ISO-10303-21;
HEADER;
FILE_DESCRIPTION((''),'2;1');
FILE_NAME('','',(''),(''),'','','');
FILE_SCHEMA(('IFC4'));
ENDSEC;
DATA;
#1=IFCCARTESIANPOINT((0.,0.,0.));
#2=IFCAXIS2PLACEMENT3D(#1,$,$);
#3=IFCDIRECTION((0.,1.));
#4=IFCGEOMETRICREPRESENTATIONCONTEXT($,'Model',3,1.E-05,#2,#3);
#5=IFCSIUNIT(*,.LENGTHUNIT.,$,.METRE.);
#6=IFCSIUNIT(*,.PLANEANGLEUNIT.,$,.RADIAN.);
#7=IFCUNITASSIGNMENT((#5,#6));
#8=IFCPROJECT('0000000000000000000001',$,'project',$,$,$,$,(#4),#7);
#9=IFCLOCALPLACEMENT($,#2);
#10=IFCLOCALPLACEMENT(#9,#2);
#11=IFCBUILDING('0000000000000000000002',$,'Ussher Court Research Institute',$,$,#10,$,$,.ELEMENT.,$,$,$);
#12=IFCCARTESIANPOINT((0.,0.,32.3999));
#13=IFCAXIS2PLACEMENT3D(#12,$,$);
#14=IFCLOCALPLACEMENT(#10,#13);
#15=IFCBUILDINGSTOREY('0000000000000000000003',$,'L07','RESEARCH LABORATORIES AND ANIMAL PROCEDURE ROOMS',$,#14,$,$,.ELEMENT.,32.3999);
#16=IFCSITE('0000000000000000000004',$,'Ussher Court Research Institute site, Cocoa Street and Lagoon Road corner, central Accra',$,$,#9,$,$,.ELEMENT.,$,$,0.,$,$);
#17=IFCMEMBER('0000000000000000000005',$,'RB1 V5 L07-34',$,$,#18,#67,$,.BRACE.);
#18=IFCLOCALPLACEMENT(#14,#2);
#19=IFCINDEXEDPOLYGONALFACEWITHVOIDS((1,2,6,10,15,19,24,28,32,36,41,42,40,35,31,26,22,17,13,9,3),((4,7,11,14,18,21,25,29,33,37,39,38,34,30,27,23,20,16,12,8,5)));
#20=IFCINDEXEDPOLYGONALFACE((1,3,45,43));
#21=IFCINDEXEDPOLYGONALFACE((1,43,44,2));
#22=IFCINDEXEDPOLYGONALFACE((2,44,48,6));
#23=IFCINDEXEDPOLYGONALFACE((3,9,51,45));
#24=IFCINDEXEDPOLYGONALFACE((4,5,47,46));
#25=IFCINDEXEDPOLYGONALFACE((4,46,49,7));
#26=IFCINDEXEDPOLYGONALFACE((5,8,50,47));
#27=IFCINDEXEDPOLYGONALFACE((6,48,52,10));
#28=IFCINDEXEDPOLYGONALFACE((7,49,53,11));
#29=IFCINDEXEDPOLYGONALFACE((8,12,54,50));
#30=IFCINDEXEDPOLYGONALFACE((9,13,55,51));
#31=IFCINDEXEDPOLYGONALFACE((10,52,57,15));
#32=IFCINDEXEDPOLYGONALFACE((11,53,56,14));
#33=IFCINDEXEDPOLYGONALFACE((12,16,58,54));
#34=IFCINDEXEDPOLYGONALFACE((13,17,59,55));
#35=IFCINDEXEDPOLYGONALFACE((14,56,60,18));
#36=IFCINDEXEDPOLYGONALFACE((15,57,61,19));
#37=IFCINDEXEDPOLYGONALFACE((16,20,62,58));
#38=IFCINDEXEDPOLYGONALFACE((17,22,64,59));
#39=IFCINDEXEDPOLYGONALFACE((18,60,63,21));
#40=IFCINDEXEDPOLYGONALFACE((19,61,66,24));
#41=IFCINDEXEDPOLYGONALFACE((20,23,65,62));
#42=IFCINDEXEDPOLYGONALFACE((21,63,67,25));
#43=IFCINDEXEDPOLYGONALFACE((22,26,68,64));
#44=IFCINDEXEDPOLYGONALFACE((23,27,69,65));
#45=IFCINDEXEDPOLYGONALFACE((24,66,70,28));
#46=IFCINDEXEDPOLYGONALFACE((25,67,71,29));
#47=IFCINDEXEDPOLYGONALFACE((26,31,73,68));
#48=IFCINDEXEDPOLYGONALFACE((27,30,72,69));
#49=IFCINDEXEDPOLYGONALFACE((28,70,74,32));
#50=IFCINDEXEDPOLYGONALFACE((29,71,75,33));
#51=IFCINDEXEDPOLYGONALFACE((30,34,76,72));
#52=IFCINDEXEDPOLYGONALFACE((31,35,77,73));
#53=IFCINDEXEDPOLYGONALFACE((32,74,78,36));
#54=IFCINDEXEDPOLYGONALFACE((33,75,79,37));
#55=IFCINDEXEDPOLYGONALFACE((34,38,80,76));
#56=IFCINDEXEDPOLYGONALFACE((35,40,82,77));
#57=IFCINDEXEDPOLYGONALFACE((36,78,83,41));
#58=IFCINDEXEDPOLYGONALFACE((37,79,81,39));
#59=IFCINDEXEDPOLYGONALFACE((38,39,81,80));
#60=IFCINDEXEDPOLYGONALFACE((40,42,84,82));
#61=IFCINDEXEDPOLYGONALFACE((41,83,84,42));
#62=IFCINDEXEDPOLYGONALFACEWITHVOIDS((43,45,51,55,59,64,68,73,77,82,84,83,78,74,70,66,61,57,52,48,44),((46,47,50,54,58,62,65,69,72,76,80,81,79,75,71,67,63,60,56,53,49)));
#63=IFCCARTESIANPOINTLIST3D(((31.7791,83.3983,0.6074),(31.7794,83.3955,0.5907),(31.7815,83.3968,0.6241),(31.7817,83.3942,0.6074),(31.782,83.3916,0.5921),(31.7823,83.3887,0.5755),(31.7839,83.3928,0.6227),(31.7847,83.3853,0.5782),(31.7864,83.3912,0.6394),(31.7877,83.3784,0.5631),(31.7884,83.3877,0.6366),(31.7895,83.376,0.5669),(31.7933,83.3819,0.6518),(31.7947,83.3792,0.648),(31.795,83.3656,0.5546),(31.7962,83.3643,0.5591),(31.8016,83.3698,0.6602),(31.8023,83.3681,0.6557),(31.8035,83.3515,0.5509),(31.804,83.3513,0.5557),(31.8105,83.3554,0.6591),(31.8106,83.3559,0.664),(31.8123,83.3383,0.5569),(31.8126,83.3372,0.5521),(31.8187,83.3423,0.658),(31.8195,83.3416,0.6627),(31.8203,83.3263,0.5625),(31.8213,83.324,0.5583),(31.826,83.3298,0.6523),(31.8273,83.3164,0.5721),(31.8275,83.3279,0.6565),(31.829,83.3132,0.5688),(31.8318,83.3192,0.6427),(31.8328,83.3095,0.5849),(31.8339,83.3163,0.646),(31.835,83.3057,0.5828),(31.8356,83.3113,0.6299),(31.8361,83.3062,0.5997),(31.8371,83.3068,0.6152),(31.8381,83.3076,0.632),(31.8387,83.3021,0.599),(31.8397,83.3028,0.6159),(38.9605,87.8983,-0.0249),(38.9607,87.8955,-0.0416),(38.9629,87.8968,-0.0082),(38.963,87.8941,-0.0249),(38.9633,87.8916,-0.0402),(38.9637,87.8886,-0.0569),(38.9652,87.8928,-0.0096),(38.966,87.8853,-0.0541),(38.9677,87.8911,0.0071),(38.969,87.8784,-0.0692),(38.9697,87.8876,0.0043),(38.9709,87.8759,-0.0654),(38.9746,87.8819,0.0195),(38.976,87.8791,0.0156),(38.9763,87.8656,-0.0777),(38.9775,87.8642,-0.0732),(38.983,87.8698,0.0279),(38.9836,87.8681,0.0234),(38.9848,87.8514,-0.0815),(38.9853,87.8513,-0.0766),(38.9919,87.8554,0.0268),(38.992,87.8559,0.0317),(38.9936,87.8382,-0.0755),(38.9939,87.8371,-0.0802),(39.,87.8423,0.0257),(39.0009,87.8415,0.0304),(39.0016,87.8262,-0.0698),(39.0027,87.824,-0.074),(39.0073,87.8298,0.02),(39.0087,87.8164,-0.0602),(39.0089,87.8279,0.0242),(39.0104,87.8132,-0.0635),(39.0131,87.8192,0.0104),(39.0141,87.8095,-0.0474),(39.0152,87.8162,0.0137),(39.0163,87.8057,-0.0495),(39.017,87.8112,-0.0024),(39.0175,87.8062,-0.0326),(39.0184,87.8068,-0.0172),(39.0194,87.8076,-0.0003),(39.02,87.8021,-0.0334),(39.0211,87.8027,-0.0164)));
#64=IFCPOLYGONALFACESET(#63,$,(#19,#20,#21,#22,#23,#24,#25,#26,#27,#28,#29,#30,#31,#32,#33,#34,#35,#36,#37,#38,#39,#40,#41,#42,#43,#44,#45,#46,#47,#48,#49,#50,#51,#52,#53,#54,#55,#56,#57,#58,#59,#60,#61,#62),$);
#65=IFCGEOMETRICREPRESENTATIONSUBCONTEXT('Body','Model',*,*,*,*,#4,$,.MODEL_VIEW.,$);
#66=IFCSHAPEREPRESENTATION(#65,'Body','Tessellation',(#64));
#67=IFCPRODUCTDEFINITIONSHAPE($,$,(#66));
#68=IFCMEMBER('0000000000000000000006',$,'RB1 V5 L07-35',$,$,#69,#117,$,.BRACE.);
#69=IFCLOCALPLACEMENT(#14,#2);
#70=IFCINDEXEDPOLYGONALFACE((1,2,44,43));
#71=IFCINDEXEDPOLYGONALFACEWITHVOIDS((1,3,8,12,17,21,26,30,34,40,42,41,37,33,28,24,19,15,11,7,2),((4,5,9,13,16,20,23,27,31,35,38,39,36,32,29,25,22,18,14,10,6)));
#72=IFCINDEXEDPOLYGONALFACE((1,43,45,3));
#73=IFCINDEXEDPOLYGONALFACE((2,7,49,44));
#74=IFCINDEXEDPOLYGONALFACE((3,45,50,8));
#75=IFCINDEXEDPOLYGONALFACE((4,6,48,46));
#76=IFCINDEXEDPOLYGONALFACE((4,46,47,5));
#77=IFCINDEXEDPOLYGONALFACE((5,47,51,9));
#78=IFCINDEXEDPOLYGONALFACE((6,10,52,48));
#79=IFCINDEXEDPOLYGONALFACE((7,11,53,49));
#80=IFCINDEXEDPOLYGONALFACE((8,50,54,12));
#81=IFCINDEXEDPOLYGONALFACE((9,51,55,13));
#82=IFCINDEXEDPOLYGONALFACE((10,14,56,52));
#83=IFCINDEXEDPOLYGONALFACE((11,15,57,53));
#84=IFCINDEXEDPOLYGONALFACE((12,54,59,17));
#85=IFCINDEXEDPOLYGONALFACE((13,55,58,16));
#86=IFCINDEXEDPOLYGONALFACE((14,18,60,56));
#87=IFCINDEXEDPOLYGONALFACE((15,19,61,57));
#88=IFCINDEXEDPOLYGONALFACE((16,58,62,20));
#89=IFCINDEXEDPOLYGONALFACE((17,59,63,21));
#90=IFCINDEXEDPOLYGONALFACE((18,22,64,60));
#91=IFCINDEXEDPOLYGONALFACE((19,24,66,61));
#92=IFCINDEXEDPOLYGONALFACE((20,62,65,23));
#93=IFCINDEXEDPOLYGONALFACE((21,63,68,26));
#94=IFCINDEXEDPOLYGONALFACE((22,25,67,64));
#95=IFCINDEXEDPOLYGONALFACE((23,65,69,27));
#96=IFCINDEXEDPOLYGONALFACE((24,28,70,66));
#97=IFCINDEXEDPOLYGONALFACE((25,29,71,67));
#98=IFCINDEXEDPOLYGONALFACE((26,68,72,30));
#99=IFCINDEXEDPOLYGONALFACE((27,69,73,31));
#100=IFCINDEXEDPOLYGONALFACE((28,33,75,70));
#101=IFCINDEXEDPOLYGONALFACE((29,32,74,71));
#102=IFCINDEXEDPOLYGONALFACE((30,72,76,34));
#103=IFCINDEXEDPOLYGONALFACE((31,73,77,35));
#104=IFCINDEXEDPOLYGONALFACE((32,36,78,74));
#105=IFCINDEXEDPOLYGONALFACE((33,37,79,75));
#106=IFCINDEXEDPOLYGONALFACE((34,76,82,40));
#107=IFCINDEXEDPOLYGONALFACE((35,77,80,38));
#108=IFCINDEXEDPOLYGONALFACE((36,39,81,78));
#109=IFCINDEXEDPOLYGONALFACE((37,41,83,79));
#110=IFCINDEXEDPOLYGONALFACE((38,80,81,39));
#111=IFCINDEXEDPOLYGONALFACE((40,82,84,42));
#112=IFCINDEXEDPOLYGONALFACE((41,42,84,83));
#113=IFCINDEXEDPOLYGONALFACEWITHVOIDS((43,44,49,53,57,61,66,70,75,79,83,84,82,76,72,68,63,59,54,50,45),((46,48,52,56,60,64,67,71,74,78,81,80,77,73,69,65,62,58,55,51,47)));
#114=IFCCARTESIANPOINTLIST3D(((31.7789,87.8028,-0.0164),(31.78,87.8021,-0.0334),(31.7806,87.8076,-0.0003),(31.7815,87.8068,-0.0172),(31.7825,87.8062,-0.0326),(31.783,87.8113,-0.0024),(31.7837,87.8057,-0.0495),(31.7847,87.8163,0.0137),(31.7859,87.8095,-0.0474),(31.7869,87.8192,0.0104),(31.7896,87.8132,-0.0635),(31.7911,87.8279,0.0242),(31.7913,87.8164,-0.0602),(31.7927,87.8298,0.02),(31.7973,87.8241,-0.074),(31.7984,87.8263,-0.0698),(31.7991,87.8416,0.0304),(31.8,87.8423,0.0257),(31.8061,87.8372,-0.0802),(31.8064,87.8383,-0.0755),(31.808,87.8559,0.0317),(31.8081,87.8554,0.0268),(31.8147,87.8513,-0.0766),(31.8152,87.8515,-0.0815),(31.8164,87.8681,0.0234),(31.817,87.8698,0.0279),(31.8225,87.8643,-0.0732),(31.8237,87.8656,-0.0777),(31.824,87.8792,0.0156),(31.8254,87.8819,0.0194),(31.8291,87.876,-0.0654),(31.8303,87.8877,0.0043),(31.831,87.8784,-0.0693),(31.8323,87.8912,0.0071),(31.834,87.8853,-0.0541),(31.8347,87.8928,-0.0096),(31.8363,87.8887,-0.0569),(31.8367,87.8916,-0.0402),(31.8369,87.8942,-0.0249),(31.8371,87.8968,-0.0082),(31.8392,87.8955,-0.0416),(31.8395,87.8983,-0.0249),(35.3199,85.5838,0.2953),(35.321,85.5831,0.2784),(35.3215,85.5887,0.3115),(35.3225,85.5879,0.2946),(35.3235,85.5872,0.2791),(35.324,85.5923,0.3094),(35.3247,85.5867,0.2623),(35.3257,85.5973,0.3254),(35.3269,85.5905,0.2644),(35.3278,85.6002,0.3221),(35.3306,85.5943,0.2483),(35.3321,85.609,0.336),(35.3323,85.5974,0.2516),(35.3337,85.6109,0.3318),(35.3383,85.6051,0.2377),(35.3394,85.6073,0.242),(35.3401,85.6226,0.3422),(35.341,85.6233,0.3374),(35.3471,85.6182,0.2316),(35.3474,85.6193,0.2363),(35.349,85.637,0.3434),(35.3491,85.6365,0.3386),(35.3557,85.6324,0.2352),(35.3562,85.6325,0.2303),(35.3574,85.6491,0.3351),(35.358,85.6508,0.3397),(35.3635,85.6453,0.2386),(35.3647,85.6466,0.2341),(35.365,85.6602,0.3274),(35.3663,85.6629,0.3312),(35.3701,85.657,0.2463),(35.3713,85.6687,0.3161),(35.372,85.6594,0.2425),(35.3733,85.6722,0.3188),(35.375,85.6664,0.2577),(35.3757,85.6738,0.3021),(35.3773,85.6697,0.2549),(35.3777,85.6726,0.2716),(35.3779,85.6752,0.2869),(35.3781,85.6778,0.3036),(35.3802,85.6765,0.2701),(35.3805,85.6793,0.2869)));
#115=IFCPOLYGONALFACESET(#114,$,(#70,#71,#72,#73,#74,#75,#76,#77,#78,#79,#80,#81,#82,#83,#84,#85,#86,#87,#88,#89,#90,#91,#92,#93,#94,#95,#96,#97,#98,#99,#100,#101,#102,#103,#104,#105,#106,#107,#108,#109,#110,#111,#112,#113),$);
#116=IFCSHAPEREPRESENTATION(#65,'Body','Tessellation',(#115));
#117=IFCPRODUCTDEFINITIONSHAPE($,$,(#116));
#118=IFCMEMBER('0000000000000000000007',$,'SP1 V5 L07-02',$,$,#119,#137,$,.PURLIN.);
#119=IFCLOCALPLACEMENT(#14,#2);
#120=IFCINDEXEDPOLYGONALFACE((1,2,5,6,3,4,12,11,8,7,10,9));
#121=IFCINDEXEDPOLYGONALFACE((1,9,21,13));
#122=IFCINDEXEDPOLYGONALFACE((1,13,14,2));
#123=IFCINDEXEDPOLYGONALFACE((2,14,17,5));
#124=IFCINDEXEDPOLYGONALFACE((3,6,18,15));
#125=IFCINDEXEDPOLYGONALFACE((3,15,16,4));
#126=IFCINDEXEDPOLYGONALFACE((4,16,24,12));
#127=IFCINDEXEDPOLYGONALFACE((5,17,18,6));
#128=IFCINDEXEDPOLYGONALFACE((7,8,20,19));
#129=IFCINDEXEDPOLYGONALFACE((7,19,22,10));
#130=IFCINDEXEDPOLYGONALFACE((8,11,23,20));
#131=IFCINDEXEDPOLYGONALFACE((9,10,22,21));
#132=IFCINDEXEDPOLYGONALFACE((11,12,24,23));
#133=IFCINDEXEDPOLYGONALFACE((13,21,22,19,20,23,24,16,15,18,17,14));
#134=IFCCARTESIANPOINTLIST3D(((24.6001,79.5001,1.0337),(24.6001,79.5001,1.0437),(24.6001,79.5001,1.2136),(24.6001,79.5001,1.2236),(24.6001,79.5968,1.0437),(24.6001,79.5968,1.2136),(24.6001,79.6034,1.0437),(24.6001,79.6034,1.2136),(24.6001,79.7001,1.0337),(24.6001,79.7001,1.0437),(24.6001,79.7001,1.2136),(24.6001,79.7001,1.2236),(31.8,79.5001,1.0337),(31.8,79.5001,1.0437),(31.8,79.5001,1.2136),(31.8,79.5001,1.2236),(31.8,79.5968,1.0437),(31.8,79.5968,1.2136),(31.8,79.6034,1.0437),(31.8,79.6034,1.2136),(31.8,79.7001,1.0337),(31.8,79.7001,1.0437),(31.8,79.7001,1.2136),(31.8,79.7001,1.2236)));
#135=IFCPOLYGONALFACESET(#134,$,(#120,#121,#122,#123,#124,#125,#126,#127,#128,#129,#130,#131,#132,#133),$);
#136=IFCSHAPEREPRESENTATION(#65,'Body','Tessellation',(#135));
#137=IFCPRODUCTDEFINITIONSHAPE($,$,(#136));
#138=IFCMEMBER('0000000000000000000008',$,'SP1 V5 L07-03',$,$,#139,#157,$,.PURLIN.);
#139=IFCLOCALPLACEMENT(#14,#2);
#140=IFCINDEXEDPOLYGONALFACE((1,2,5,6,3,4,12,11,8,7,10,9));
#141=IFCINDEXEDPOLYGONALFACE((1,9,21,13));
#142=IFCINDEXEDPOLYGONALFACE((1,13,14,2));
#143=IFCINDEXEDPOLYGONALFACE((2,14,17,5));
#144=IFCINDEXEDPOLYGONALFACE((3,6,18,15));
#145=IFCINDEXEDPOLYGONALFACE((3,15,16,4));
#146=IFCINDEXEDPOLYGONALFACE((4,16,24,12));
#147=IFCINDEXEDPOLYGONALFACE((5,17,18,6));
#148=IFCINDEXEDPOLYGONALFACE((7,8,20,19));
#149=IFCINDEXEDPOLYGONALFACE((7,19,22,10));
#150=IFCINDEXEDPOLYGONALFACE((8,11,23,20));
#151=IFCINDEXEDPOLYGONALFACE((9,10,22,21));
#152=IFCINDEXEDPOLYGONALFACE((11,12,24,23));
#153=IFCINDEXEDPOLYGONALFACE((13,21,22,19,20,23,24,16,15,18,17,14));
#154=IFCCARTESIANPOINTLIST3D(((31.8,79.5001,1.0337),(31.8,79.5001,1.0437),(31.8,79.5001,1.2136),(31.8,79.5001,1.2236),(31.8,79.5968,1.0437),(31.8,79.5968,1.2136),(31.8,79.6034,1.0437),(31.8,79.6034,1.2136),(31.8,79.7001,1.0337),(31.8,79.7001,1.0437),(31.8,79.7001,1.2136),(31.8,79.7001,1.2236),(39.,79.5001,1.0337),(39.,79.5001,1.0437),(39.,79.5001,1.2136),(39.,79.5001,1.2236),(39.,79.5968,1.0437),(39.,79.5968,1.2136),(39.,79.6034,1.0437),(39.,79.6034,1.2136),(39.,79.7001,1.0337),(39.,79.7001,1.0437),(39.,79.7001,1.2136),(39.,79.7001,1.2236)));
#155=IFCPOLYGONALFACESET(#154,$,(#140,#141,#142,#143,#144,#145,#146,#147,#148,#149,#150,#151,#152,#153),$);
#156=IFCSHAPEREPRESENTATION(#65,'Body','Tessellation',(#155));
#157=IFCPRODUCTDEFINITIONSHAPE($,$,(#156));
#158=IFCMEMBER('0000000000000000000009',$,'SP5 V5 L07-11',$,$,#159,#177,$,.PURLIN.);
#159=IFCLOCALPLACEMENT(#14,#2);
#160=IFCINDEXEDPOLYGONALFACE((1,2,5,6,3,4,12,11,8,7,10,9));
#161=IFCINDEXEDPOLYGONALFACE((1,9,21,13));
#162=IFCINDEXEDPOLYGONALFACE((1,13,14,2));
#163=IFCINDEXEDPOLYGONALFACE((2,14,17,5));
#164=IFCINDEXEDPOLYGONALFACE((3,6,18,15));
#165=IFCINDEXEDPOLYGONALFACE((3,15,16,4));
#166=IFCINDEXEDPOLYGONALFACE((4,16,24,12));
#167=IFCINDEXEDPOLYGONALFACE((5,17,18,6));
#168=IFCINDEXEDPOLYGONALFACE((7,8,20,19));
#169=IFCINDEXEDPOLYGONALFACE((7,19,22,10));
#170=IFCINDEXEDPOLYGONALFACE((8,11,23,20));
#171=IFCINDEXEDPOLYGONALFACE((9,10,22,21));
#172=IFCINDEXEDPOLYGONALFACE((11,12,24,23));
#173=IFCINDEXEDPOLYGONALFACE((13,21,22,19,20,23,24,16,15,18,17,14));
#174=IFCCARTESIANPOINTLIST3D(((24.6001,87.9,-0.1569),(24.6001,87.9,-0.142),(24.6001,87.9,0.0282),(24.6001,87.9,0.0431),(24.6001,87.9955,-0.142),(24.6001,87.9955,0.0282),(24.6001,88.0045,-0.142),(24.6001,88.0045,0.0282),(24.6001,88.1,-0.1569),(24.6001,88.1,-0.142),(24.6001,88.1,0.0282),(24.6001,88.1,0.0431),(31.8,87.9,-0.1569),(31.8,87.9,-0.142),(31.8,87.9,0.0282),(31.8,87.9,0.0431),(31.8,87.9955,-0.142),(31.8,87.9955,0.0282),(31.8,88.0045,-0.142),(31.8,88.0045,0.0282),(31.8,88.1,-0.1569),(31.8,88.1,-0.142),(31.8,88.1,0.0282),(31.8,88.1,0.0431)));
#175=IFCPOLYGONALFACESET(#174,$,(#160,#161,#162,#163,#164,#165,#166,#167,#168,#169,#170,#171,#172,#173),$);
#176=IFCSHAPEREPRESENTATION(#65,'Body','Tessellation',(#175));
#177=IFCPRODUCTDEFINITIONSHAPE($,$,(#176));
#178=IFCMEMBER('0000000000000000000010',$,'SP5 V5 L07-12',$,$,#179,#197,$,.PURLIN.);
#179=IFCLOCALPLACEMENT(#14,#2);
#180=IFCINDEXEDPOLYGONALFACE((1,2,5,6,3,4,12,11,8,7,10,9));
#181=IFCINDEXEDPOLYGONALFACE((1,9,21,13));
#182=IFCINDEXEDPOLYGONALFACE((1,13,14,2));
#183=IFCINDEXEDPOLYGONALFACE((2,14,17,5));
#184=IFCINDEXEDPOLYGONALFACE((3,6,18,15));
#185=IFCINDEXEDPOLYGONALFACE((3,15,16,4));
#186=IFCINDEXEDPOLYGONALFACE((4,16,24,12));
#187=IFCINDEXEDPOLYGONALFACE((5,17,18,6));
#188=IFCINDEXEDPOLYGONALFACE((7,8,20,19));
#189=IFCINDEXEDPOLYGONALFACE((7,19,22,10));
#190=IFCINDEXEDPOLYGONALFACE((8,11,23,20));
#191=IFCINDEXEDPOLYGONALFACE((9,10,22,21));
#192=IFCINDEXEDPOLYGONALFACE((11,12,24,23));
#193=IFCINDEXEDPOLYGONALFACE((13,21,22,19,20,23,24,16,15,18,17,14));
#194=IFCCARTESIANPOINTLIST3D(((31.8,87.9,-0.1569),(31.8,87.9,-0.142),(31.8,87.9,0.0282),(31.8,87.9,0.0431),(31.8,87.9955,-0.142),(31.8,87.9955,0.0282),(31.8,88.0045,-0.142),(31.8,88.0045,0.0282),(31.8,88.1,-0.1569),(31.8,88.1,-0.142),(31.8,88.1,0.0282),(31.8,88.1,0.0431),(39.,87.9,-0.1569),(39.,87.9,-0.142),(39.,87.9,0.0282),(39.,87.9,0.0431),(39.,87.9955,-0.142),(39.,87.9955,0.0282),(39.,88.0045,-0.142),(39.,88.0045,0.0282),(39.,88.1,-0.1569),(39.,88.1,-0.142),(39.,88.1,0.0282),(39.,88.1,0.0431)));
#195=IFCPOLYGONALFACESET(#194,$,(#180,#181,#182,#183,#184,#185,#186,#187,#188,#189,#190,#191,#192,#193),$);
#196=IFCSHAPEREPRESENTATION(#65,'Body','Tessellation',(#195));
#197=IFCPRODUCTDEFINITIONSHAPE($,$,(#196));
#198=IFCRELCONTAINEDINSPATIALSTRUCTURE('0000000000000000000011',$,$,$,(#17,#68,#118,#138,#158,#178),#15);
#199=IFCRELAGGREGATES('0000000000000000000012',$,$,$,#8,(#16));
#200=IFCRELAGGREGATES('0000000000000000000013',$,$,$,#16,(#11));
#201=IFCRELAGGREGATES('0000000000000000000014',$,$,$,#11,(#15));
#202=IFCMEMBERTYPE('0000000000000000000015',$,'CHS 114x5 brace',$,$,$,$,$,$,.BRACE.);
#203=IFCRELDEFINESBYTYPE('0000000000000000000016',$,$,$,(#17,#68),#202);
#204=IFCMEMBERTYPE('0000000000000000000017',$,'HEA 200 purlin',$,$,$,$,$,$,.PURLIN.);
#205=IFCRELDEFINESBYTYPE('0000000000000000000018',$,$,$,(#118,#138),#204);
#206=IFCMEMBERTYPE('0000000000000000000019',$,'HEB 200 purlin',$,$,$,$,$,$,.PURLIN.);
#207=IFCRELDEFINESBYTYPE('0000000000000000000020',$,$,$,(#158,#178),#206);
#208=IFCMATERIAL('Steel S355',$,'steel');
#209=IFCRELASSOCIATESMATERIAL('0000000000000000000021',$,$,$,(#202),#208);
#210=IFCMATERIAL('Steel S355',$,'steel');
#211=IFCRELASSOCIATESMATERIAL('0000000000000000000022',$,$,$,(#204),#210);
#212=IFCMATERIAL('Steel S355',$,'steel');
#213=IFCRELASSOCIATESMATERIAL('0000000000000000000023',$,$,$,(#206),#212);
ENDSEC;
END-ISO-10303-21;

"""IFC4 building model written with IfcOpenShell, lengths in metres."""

from ifc_helpers import new_model, si_unit, direction, frame, origin, origin_2d, place, context, subcontext, project, spatial, hollow_circle, i_section, extrude, material, material_profile, profile_set, type_object, element, save


model = new_model("IFC4")

# Units and contexts
model_context = context("Model", 3, precision=1e-05, world=origin(), true_north=direction((0.0, 1.0)))
body_context = subcontext(model_context, "Body", "Model", "MODEL_VIEW")
ifc_project = project(units=[si_unit("LENGTHUNIT", "METRE"), si_unit("PLANEANGLEUNIT", "RADIAN")], contexts=[model_context])

# Site, building, storey
site_placement = place(None, origin())
site = spatial("IfcSite", under=ifc_project, at=site_placement, Name="Ussher Court Research Institute site, Cocoa Street and Lagoon Road corner, central Accra", CompositionType="ELEMENT", RefElevation=0.0)
building_placement = place(site_placement, origin())
building = spatial("IfcBuilding", under=site, at=building_placement, Name="Ussher Court Research Institute", CompositionType="ELEMENT")
storey_placement = place(building_placement, frame((0.0, 0.0, 32.3999)))
storey = spatial("IfcBuildingStorey", under=building, at=storey_placement, Name="L07", Description="RESEARCH LABORATORIES AND ANIMAL PROCEDURE ROOMS", CompositionType="ELEMENT", Elevation=32.3999)

# Members
ifc_material_1 = material(Name="Steel S355", Category="steel")
ifc_material_profile_1 = material_profile(ifc_material_1, hollow_circle(Radius=0.0569, WallThickness=0.0049, at=origin_2d()), Name="CHS 114x5")
ifc_profile_set_1 = profile_set([ifc_material_profile_1], Name="Steel S355")
member_type_1 = type_object("IfcMemberType", Name="CHS 114x5 brace", PredefinedType="BRACE", material=ifc_profile_set_1)
member_1_placement = place(storey_placement, frame((31.8093, 83.3501, 0.6074), z_axis=(0.845032, 0.529513, -0.074405), x_axis=(-0.530985, 0.847381, 0.0)))
element("IfcMember", 1, at=member_1_placement, inside=storey, type_object=member_type_1, Name="RB1 V5 L07-34", PredefinedType="BRACE", context=body_context, shape_type="SweptSolid", body=[
    extrude(hollow_circle(Radius=0.0569, WallThickness=0.0049, at=origin_2d()), origin(), (0.0, 0.0, 1.0), 8.4983),
])
member_2_placement = place(storey_placement, frame((31.8093, 87.8501, -0.0249), z_axis=(0.845019, -0.529535, 0.074399), x_axis=(0.531007, 0.847368, 0.0)))
element("IfcMember", 2, at=member_2_placement, inside=storey, type_object=member_type_1, Name="RB1 V5 L07-35", PredefinedType="BRACE", context=body_context, shape_type="SweptSolid", body=[
    extrude(hollow_circle(Radius=0.0569, WallThickness=0.0049, at=origin_2d()), origin(), (0.0, 0.0, 1.0), 4.1904),
])
ifc_material_2 = material(Name="Steel S355", Category="steel")
ifc_material_profile_2 = material_profile(ifc_material_2, i_section(OverallWidth=0.2, OverallDepth=0.1899, WebThickness=0.0066, FlangeThickness=0.01, at=origin_2d()), Name="HEA 200")
ifc_profile_set_2 = profile_set([ifc_material_profile_2], Name="Steel S355")
member_type_2 = type_object("IfcMemberType", Name="HEA 200 purlin", PredefinedType="PURLIN", material=ifc_profile_set_2)
for number, where, z_axis, x_axis, name in (
    (3, (24.6001, 79.6001, 1.1287), (1.0, 0.0, 0.0), (0.0, 1.0, 0.0), "SP1 V5 L07-02"),
    (4, (31.8, 79.6001, 1.1287), (1.0, 0.0, 0.0), (0.0, 1.0, 0.0), "SP1 V5 L07-03"),
):
    element("IfcMember", number, at=place(storey_placement, frame(where, z_axis=z_axis, x_axis=x_axis)), inside=storey, type_object=member_type_2, Name=name, PredefinedType="PURLIN", context=body_context, shape_type="SweptSolid", body=[
        extrude(i_section(OverallWidth=0.2, OverallDepth=0.1899, WebThickness=0.0066, FlangeThickness=0.01, at=origin_2d()), origin(), (0.0, 0.0, 1.0), 7.2),
    ])
ifc_material_3 = material(Name="Steel S355", Category="steel")
ifc_material_profile_3 = material_profile(ifc_material_3, i_section(OverallWidth=0.2, OverallDepth=0.2, WebThickness=0.009, FlangeThickness=0.0149, at=origin_2d()), Name="HEB 200")
ifc_profile_set_3 = profile_set([ifc_material_profile_3], Name="Steel S355")
member_type_3 = type_object("IfcMemberType", Name="HEB 200 purlin", PredefinedType="PURLIN", material=ifc_profile_set_3)
for number, where, z_axis, x_axis, name in (
    (5, (24.6001, 88.0, -0.0569), (1.0, 0.0, 0.0), (0.0, 1.0, 0.0), "SP5 V5 L07-11"),
    (6, (31.8, 88.0, -0.0569), (1.0, 0.0, 0.0), (0.0, 1.0, 0.0), "SP5 V5 L07-12"),
):
    element("IfcMember", number, at=place(storey_placement, frame(where, z_axis=z_axis, x_axis=x_axis)), inside=storey, type_object=member_type_3, Name=name, PredefinedType="PURLIN", context=body_context, shape_type="SweptSolid", body=[
        extrude(i_section(OverallWidth=0.2, OverallDepth=0.2, WebThickness=0.009, FlangeThickness=0.0149, at=origin_2d()), origin(), (0.0, 0.0, 1.0), 7.2),
    ])

save(model, "model.ifc")
